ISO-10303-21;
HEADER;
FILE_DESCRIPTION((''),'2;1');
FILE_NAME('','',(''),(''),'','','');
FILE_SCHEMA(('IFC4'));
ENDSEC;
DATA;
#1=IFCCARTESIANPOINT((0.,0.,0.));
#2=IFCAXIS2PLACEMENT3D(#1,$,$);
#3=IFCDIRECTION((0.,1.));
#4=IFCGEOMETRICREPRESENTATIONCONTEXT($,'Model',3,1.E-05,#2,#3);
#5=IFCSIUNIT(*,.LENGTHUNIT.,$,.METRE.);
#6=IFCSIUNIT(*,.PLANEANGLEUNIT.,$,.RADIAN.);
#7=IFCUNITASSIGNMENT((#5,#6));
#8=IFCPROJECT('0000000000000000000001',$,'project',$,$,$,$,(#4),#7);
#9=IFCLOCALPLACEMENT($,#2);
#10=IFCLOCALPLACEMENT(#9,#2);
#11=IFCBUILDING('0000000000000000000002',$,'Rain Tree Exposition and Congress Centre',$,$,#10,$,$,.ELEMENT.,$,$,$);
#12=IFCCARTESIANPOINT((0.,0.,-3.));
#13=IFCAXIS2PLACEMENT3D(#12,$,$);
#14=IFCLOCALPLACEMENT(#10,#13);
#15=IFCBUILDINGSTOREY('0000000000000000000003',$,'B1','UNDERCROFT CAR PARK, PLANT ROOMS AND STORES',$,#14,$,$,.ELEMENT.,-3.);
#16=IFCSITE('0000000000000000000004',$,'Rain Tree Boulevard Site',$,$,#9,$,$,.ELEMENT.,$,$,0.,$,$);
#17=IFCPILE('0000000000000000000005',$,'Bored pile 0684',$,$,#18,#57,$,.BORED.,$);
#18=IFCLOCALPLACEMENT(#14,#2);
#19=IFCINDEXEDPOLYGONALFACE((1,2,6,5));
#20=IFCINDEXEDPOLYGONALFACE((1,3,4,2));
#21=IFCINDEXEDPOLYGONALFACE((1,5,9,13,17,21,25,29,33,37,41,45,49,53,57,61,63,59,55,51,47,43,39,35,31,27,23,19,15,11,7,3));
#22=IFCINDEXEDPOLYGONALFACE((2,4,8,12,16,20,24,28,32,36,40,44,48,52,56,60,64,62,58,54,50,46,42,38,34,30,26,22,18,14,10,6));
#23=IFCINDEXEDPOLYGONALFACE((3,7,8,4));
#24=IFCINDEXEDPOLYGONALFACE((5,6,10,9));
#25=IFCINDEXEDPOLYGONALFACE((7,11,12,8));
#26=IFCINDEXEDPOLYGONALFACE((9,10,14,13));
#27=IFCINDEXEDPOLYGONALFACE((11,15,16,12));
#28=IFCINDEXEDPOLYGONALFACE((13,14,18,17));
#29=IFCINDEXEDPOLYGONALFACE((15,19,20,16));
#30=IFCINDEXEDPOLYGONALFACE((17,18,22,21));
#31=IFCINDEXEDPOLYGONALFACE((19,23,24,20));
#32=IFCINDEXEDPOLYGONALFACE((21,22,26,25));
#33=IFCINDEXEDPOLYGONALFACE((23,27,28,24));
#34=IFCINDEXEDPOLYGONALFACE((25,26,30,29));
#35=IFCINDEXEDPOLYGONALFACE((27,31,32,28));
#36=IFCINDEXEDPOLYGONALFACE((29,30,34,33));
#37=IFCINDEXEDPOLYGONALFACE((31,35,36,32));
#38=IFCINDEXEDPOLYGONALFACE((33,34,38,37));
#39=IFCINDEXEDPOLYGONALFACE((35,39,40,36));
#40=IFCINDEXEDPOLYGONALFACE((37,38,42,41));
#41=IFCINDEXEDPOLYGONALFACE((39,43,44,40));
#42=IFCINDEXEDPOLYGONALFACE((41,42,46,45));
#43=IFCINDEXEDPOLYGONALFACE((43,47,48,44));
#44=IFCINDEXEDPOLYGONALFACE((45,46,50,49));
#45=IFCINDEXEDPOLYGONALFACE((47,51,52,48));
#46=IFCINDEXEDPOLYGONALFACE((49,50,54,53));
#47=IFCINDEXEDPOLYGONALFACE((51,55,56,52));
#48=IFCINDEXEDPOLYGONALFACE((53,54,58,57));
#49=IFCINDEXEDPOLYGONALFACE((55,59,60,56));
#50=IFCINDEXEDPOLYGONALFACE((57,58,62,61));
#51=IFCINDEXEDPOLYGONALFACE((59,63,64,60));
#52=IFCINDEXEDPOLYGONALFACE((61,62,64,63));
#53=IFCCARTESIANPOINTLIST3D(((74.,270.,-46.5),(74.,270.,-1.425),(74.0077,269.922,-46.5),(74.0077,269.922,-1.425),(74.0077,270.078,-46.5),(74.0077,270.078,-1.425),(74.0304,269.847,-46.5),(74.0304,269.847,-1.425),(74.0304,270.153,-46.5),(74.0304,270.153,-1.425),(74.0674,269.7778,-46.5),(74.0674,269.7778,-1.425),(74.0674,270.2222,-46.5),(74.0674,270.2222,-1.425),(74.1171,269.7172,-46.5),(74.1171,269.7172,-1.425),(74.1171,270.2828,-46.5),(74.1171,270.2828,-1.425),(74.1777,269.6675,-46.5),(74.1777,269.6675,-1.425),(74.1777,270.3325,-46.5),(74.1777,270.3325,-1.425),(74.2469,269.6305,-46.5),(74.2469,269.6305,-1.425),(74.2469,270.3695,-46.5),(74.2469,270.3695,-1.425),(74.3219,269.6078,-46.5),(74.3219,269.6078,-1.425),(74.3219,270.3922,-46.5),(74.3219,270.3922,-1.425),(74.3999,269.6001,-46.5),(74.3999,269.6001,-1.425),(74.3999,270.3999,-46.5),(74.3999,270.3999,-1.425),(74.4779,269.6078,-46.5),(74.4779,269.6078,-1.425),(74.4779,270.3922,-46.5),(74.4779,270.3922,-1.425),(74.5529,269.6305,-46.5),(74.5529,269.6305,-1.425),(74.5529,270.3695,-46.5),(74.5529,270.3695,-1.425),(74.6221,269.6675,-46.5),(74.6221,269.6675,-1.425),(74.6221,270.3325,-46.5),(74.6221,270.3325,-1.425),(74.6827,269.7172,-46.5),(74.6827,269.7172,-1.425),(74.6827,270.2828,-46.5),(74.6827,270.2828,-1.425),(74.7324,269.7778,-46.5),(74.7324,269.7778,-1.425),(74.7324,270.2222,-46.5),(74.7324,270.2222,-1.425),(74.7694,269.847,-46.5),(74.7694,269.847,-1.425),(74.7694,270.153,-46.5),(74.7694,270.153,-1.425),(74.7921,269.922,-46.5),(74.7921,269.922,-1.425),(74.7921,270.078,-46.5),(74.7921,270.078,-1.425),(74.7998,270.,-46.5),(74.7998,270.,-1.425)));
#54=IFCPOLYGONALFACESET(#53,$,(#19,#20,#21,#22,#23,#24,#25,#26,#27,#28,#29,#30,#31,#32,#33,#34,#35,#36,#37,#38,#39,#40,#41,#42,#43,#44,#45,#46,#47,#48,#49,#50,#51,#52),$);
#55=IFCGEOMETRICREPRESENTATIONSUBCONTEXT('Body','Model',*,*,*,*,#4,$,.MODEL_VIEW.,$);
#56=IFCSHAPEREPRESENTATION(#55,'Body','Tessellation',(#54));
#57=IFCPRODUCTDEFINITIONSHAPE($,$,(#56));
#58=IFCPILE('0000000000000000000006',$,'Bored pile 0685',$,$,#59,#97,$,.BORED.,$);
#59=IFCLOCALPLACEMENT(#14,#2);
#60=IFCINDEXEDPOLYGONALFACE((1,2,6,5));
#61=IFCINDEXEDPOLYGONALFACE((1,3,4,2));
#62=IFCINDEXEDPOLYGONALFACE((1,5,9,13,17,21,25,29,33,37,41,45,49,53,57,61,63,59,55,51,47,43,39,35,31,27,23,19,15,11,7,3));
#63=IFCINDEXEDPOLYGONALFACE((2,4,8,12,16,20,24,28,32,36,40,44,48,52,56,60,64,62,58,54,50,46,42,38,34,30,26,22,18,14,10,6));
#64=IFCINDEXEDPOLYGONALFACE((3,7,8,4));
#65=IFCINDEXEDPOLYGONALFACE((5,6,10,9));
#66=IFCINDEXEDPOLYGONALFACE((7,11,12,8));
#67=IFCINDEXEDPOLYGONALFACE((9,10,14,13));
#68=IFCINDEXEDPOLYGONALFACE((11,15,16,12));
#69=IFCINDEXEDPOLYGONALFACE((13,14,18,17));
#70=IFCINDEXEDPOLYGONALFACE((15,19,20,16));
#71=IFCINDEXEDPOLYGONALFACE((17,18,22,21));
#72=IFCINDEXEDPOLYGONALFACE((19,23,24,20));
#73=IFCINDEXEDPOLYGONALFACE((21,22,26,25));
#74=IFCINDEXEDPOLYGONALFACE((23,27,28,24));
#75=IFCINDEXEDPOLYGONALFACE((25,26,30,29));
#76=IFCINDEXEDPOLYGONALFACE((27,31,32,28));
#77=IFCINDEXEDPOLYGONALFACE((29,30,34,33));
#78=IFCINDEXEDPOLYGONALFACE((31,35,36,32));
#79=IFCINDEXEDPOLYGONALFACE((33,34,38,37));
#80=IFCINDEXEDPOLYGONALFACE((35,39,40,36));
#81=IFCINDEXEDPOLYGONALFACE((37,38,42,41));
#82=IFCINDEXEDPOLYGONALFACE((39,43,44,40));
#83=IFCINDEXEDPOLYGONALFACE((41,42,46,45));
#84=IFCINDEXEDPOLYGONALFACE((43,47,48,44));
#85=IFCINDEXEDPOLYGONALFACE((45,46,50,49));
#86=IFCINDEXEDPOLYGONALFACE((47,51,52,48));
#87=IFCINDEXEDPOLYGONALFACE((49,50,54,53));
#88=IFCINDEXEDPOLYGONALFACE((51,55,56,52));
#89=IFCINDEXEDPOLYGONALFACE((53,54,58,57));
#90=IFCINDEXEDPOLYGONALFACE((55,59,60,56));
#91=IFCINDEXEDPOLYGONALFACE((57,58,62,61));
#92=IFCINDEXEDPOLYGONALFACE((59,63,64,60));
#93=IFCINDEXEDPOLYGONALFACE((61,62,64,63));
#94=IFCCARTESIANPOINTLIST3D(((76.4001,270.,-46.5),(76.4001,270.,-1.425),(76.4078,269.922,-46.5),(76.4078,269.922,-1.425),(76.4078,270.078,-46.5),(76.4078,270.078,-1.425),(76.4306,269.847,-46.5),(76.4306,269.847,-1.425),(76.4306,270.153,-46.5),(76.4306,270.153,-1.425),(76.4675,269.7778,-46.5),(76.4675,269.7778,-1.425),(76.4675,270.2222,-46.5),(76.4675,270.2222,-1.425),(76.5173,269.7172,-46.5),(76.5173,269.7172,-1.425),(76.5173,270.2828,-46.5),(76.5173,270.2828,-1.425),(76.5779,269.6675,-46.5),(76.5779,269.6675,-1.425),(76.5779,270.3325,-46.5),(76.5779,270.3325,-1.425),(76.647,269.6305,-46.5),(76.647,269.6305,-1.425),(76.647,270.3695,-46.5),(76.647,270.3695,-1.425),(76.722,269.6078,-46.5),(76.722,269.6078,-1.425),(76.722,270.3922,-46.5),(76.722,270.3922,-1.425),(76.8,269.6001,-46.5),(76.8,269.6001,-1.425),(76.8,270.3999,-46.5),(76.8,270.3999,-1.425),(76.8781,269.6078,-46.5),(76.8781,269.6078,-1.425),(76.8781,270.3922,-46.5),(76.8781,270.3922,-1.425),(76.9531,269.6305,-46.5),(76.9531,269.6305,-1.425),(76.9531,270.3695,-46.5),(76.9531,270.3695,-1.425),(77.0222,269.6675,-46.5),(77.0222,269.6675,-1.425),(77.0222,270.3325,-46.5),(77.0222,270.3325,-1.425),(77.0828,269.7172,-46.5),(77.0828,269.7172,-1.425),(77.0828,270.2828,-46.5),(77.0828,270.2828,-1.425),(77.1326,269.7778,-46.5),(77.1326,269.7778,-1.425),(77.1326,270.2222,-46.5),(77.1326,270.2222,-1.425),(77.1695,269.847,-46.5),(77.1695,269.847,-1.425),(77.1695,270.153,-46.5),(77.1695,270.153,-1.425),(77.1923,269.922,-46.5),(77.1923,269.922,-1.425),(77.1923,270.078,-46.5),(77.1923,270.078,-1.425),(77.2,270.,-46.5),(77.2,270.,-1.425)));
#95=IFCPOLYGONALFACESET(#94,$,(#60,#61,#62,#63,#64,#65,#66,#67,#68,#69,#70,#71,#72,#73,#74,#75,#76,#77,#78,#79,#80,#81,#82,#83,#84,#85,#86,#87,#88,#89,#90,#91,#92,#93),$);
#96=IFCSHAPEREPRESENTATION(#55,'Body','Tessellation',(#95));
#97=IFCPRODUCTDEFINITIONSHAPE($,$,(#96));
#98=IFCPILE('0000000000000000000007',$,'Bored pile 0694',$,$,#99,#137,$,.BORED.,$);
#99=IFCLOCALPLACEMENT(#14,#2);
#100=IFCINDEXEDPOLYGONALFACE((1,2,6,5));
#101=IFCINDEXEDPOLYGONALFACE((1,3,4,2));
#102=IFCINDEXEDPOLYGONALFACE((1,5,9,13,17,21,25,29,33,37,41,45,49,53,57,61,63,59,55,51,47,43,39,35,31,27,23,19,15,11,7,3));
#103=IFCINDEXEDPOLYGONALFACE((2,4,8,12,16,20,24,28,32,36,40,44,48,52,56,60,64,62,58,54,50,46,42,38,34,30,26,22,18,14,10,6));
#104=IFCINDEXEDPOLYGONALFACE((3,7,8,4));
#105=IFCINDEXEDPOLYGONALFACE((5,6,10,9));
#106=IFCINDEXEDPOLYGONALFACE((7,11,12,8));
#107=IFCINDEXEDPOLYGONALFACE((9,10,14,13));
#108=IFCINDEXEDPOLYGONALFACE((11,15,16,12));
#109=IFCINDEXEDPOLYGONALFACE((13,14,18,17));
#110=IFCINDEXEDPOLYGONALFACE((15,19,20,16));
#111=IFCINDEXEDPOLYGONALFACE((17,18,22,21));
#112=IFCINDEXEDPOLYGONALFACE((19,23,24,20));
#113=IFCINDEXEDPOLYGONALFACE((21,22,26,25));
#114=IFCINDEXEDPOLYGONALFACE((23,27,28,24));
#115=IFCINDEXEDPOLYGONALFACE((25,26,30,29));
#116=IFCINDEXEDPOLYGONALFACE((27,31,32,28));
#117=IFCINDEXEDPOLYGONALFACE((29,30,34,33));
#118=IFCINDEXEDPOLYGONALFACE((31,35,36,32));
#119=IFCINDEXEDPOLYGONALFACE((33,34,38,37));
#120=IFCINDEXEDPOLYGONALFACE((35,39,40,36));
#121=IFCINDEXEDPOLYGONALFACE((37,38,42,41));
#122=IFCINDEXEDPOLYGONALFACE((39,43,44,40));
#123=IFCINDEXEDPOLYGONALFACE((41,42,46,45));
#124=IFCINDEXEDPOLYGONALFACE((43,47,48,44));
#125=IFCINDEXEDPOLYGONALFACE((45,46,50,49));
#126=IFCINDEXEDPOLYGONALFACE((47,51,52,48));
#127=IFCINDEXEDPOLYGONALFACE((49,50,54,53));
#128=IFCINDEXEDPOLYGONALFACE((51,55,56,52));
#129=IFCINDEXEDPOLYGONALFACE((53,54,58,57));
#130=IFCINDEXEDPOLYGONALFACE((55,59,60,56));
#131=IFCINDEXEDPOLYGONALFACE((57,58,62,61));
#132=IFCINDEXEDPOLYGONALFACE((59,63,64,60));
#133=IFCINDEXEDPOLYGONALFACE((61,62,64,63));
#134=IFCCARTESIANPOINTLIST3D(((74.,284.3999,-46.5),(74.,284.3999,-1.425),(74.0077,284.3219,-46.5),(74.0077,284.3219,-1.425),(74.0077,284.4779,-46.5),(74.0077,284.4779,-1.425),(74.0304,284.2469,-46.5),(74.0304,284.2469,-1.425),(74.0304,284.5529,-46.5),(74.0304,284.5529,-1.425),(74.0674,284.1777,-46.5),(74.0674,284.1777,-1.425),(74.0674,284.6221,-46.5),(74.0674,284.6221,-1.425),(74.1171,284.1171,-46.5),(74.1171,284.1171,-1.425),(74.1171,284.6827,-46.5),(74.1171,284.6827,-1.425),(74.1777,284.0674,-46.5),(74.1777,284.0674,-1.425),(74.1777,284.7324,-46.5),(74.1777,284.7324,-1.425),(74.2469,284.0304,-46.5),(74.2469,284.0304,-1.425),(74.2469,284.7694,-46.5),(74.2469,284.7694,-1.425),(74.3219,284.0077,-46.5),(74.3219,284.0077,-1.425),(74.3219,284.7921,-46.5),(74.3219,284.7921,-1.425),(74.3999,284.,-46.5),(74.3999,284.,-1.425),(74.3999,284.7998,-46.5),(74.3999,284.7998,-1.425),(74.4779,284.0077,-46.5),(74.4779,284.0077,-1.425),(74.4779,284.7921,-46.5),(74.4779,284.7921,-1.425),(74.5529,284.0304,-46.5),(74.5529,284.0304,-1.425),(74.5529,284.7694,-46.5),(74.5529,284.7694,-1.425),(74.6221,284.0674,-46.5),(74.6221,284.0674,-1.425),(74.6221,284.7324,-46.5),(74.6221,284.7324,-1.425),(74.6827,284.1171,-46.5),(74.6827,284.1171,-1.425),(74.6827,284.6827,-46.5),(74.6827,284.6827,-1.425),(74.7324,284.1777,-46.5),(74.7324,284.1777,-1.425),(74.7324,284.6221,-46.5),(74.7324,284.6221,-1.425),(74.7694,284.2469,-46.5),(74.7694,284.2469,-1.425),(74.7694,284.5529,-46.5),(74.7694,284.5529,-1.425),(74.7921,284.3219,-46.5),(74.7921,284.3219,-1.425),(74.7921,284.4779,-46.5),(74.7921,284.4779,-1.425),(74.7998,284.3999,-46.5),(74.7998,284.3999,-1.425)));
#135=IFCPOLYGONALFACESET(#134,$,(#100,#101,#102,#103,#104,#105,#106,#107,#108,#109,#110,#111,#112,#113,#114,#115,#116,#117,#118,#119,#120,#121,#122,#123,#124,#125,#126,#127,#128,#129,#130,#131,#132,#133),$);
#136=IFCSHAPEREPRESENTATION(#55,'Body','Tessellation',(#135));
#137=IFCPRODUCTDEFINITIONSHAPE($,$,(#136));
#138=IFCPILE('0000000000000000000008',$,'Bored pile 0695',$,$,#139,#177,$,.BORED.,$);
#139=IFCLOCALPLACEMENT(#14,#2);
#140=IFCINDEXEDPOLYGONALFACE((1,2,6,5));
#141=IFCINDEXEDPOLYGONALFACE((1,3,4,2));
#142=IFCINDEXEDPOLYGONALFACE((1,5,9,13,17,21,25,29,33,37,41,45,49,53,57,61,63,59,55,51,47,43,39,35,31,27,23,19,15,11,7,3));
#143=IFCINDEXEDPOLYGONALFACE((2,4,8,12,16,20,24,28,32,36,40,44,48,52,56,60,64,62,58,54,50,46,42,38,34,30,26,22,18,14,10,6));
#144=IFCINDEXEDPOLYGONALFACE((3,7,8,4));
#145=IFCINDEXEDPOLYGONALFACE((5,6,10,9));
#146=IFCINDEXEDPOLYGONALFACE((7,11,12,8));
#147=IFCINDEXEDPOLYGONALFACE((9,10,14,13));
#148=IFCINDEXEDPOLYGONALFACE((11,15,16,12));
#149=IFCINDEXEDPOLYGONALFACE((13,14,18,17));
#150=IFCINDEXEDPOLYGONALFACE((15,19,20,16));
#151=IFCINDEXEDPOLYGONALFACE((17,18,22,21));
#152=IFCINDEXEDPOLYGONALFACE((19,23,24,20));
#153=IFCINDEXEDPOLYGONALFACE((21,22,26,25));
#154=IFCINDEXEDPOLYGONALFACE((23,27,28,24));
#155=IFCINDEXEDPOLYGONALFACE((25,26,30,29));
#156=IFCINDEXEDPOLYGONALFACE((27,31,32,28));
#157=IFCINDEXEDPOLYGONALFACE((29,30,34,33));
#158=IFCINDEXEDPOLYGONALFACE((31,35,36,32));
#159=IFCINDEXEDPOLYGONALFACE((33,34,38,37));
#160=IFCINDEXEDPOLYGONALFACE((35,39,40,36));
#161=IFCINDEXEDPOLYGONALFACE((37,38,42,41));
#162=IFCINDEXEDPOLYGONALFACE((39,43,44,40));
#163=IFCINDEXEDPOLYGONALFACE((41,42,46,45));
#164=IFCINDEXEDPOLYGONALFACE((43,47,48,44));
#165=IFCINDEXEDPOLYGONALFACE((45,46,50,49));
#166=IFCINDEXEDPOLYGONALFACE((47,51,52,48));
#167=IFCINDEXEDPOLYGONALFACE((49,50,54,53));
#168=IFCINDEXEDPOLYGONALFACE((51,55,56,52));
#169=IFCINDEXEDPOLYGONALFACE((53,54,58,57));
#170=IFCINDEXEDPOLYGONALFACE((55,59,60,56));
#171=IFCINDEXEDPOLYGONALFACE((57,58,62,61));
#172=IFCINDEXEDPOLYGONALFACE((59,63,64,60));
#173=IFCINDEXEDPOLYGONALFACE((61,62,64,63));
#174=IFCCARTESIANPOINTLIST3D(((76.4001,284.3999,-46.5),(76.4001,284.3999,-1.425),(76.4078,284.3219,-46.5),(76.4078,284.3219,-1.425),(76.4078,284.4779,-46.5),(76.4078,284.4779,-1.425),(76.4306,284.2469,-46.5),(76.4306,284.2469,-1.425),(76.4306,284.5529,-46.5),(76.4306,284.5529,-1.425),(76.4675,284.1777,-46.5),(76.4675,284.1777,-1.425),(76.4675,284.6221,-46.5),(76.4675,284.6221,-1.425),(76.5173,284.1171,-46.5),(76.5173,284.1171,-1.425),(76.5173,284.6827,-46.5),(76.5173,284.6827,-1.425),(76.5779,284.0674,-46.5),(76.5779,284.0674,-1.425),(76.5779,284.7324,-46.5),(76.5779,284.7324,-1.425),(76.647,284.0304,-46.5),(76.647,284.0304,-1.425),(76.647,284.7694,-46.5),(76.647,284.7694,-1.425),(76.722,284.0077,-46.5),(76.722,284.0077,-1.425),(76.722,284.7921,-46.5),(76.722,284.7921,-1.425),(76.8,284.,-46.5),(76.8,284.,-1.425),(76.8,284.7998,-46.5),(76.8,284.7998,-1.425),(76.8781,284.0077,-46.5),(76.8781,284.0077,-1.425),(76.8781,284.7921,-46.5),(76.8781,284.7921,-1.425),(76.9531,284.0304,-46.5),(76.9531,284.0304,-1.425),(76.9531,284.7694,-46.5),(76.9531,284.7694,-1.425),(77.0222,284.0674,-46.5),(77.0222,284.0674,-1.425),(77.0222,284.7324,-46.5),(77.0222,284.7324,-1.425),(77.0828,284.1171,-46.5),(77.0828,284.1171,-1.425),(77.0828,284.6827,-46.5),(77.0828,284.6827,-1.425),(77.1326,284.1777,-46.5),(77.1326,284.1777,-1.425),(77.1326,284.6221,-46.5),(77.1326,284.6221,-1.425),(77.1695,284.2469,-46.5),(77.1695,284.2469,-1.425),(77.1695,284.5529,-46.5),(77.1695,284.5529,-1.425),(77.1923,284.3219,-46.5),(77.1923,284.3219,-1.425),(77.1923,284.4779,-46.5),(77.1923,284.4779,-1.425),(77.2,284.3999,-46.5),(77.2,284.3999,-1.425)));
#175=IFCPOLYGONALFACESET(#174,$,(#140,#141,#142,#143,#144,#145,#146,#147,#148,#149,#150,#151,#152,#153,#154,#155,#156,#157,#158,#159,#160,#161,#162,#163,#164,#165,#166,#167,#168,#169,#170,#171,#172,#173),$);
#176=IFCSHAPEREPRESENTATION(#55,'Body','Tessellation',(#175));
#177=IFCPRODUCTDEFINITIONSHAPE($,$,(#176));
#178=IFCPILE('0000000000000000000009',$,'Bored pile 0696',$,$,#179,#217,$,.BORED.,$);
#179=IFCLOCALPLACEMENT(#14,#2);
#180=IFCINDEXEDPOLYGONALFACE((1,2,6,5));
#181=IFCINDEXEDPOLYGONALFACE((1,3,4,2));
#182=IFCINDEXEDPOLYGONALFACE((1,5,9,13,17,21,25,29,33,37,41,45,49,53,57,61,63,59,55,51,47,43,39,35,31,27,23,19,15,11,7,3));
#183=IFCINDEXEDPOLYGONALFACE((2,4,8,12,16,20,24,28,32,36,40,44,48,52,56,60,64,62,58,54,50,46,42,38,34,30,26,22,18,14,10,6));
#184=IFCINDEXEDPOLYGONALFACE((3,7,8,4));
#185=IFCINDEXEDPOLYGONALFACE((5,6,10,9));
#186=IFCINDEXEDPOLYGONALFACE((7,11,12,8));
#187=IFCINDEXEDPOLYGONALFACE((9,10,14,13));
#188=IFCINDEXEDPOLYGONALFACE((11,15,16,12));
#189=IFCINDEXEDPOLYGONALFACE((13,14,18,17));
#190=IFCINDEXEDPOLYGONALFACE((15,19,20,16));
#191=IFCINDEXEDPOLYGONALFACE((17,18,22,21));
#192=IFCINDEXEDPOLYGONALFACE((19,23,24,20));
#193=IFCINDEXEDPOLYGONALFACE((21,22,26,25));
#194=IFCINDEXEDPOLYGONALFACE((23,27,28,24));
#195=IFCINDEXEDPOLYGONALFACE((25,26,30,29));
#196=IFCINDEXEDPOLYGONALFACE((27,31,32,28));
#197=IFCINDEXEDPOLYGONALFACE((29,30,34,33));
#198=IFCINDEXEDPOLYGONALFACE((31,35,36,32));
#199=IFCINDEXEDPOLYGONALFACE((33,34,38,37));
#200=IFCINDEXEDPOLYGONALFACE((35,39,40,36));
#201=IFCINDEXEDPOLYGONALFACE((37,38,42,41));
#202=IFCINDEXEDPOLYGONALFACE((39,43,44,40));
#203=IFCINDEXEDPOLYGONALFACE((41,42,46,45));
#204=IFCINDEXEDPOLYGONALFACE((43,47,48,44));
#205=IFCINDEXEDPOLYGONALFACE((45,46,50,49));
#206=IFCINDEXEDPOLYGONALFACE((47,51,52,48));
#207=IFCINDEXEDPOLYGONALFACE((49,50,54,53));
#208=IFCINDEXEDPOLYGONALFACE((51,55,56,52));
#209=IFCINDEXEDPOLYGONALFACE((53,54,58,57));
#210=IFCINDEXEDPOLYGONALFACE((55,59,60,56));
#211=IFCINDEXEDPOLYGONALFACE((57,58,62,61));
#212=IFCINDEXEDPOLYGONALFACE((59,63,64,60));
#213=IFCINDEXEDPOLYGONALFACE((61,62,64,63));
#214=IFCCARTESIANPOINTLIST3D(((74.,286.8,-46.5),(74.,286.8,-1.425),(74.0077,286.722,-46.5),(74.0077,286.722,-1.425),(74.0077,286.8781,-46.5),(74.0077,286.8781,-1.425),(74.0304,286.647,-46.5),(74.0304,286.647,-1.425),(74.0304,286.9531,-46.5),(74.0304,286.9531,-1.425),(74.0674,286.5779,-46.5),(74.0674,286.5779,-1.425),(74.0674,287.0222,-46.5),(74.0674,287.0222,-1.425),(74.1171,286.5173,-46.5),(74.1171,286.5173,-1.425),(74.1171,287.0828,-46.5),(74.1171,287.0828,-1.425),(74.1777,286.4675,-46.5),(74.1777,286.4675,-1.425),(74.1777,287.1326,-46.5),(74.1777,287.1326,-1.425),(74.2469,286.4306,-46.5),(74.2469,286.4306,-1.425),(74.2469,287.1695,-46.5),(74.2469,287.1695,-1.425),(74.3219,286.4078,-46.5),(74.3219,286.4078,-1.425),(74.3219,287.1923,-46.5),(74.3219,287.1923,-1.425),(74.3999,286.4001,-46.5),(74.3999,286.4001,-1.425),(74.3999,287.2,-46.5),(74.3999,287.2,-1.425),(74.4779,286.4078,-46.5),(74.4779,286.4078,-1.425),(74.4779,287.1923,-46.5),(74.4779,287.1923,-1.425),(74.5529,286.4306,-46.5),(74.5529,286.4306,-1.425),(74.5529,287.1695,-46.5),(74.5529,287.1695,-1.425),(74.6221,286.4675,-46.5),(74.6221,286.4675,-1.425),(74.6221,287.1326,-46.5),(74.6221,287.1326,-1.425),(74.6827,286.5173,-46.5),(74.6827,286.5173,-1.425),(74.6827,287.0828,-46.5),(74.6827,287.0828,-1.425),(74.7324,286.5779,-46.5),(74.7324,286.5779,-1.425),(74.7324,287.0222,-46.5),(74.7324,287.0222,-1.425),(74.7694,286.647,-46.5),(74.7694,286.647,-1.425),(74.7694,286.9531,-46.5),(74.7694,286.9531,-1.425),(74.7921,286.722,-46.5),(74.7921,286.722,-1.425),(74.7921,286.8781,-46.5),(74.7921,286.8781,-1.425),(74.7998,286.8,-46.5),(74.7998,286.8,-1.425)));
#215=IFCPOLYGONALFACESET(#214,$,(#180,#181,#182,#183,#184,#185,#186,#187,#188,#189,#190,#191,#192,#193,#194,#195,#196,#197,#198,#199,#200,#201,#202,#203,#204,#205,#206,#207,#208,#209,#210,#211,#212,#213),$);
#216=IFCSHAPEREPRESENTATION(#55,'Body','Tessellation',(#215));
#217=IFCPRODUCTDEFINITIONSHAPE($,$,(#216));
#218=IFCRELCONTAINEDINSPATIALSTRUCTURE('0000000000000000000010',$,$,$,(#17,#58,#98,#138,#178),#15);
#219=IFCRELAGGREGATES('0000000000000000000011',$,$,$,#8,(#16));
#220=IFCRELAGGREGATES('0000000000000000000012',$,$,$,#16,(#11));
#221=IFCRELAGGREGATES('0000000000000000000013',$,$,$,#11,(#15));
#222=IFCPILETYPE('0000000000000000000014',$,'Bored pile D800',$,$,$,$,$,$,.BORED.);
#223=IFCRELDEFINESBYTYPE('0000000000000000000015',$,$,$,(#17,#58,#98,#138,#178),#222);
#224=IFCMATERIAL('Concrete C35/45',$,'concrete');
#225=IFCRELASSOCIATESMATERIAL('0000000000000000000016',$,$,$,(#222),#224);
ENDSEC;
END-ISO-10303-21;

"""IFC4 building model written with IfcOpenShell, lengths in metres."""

from ifc_helpers import new_model, si_unit, direction, frame, origin, origin_2d, place, context, subcontext, project, spatial, circle, extrude, material, material_profile, profile_set, type_object, element, save


model = new_model("IFC4")

# Units and contexts
model_context = context("Model", 3, precision=1e-05, world=origin(), true_north=direction((0.0, 1.0)))
body_context = subcontext(model_context, "Body", "Model", "MODEL_VIEW")
ifc_project = project(units=[si_unit("LENGTHUNIT", "METRE"), si_unit("PLANEANGLEUNIT", "RADIAN")], contexts=[model_context])

# Site, building, storey
site_placement = place(None, origin())
site = spatial("IfcSite", under=ifc_project, at=site_placement, Name="Rain Tree Boulevard Site", CompositionType="ELEMENT", RefElevation=0.0)
building_placement = place(site_placement, origin())
building = spatial("IfcBuilding", under=site, at=building_placement, Name="Rain Tree Exposition and Congress Centre", CompositionType="ELEMENT")
storey_placement = place(building_placement, frame((0.0, 0.0, -3.0)))
storey = spatial("IfcBuildingStorey", under=building, at=storey_placement, Name="B1", Description="UNDERCROFT CAR PARK, PLANT ROOMS AND STORES", CompositionType="ELEMENT", Elevation=-3.0)

# Piles
ifc_material_1 = material(Name="Concrete C35/45", Category="concrete")
ifc_material_profile_1 = material_profile(ifc_material_1, circle(Radius=0.3999, at=origin_2d()), Name="D800")
ifc_profile_set_1 = profile_set([ifc_material_profile_1], Name="Concrete C35/45")
pile_type_1 = type_object("IfcPileType", Name="Bored pile D800", PredefinedType="BORED", material=ifc_profile_set_1)
for number, where, z_axis, x_axis, name in (
    (1, (74.3999, 270.0, -1.425), (0.0, 0.0, -1.0), (1.0, 0.0, 0.0), "Bored pile 0684"),
    (2, (76.8, 270.0, -1.425), (0.0, 0.0, -1.0), (1.0, 0.0, 0.0), "Bored pile 0685"),
    (3, (74.3999, 284.3999, -1.425), (0.0, 0.0, -1.0), (1.0, 0.0, 0.0), "Bored pile 0694"),
    (4, (76.8, 284.3999, -1.425), (0.0, 0.0, -1.0), (1.0, 0.0, 0.0), "Bored pile 0695"),
    (5, (74.3999, 286.8, -1.425), (0.0, 0.0, -1.0), (1.0, 0.0, 0.0), "Bored pile 0696"),
):
    element("IfcPile", number, at=place(storey_placement, frame(where, z_axis=z_axis, x_axis=x_axis)), inside=storey, type_object=pile_type_1, Name=name, PredefinedType="BORED", context=body_context, shape_type="SweptSolid", body=[
        extrude(circle(Radius=0.3999, at=origin_2d()), origin(), (0.0, 0.0, 1.0), 45.075),
    ])

save(model, "model.ifc")
